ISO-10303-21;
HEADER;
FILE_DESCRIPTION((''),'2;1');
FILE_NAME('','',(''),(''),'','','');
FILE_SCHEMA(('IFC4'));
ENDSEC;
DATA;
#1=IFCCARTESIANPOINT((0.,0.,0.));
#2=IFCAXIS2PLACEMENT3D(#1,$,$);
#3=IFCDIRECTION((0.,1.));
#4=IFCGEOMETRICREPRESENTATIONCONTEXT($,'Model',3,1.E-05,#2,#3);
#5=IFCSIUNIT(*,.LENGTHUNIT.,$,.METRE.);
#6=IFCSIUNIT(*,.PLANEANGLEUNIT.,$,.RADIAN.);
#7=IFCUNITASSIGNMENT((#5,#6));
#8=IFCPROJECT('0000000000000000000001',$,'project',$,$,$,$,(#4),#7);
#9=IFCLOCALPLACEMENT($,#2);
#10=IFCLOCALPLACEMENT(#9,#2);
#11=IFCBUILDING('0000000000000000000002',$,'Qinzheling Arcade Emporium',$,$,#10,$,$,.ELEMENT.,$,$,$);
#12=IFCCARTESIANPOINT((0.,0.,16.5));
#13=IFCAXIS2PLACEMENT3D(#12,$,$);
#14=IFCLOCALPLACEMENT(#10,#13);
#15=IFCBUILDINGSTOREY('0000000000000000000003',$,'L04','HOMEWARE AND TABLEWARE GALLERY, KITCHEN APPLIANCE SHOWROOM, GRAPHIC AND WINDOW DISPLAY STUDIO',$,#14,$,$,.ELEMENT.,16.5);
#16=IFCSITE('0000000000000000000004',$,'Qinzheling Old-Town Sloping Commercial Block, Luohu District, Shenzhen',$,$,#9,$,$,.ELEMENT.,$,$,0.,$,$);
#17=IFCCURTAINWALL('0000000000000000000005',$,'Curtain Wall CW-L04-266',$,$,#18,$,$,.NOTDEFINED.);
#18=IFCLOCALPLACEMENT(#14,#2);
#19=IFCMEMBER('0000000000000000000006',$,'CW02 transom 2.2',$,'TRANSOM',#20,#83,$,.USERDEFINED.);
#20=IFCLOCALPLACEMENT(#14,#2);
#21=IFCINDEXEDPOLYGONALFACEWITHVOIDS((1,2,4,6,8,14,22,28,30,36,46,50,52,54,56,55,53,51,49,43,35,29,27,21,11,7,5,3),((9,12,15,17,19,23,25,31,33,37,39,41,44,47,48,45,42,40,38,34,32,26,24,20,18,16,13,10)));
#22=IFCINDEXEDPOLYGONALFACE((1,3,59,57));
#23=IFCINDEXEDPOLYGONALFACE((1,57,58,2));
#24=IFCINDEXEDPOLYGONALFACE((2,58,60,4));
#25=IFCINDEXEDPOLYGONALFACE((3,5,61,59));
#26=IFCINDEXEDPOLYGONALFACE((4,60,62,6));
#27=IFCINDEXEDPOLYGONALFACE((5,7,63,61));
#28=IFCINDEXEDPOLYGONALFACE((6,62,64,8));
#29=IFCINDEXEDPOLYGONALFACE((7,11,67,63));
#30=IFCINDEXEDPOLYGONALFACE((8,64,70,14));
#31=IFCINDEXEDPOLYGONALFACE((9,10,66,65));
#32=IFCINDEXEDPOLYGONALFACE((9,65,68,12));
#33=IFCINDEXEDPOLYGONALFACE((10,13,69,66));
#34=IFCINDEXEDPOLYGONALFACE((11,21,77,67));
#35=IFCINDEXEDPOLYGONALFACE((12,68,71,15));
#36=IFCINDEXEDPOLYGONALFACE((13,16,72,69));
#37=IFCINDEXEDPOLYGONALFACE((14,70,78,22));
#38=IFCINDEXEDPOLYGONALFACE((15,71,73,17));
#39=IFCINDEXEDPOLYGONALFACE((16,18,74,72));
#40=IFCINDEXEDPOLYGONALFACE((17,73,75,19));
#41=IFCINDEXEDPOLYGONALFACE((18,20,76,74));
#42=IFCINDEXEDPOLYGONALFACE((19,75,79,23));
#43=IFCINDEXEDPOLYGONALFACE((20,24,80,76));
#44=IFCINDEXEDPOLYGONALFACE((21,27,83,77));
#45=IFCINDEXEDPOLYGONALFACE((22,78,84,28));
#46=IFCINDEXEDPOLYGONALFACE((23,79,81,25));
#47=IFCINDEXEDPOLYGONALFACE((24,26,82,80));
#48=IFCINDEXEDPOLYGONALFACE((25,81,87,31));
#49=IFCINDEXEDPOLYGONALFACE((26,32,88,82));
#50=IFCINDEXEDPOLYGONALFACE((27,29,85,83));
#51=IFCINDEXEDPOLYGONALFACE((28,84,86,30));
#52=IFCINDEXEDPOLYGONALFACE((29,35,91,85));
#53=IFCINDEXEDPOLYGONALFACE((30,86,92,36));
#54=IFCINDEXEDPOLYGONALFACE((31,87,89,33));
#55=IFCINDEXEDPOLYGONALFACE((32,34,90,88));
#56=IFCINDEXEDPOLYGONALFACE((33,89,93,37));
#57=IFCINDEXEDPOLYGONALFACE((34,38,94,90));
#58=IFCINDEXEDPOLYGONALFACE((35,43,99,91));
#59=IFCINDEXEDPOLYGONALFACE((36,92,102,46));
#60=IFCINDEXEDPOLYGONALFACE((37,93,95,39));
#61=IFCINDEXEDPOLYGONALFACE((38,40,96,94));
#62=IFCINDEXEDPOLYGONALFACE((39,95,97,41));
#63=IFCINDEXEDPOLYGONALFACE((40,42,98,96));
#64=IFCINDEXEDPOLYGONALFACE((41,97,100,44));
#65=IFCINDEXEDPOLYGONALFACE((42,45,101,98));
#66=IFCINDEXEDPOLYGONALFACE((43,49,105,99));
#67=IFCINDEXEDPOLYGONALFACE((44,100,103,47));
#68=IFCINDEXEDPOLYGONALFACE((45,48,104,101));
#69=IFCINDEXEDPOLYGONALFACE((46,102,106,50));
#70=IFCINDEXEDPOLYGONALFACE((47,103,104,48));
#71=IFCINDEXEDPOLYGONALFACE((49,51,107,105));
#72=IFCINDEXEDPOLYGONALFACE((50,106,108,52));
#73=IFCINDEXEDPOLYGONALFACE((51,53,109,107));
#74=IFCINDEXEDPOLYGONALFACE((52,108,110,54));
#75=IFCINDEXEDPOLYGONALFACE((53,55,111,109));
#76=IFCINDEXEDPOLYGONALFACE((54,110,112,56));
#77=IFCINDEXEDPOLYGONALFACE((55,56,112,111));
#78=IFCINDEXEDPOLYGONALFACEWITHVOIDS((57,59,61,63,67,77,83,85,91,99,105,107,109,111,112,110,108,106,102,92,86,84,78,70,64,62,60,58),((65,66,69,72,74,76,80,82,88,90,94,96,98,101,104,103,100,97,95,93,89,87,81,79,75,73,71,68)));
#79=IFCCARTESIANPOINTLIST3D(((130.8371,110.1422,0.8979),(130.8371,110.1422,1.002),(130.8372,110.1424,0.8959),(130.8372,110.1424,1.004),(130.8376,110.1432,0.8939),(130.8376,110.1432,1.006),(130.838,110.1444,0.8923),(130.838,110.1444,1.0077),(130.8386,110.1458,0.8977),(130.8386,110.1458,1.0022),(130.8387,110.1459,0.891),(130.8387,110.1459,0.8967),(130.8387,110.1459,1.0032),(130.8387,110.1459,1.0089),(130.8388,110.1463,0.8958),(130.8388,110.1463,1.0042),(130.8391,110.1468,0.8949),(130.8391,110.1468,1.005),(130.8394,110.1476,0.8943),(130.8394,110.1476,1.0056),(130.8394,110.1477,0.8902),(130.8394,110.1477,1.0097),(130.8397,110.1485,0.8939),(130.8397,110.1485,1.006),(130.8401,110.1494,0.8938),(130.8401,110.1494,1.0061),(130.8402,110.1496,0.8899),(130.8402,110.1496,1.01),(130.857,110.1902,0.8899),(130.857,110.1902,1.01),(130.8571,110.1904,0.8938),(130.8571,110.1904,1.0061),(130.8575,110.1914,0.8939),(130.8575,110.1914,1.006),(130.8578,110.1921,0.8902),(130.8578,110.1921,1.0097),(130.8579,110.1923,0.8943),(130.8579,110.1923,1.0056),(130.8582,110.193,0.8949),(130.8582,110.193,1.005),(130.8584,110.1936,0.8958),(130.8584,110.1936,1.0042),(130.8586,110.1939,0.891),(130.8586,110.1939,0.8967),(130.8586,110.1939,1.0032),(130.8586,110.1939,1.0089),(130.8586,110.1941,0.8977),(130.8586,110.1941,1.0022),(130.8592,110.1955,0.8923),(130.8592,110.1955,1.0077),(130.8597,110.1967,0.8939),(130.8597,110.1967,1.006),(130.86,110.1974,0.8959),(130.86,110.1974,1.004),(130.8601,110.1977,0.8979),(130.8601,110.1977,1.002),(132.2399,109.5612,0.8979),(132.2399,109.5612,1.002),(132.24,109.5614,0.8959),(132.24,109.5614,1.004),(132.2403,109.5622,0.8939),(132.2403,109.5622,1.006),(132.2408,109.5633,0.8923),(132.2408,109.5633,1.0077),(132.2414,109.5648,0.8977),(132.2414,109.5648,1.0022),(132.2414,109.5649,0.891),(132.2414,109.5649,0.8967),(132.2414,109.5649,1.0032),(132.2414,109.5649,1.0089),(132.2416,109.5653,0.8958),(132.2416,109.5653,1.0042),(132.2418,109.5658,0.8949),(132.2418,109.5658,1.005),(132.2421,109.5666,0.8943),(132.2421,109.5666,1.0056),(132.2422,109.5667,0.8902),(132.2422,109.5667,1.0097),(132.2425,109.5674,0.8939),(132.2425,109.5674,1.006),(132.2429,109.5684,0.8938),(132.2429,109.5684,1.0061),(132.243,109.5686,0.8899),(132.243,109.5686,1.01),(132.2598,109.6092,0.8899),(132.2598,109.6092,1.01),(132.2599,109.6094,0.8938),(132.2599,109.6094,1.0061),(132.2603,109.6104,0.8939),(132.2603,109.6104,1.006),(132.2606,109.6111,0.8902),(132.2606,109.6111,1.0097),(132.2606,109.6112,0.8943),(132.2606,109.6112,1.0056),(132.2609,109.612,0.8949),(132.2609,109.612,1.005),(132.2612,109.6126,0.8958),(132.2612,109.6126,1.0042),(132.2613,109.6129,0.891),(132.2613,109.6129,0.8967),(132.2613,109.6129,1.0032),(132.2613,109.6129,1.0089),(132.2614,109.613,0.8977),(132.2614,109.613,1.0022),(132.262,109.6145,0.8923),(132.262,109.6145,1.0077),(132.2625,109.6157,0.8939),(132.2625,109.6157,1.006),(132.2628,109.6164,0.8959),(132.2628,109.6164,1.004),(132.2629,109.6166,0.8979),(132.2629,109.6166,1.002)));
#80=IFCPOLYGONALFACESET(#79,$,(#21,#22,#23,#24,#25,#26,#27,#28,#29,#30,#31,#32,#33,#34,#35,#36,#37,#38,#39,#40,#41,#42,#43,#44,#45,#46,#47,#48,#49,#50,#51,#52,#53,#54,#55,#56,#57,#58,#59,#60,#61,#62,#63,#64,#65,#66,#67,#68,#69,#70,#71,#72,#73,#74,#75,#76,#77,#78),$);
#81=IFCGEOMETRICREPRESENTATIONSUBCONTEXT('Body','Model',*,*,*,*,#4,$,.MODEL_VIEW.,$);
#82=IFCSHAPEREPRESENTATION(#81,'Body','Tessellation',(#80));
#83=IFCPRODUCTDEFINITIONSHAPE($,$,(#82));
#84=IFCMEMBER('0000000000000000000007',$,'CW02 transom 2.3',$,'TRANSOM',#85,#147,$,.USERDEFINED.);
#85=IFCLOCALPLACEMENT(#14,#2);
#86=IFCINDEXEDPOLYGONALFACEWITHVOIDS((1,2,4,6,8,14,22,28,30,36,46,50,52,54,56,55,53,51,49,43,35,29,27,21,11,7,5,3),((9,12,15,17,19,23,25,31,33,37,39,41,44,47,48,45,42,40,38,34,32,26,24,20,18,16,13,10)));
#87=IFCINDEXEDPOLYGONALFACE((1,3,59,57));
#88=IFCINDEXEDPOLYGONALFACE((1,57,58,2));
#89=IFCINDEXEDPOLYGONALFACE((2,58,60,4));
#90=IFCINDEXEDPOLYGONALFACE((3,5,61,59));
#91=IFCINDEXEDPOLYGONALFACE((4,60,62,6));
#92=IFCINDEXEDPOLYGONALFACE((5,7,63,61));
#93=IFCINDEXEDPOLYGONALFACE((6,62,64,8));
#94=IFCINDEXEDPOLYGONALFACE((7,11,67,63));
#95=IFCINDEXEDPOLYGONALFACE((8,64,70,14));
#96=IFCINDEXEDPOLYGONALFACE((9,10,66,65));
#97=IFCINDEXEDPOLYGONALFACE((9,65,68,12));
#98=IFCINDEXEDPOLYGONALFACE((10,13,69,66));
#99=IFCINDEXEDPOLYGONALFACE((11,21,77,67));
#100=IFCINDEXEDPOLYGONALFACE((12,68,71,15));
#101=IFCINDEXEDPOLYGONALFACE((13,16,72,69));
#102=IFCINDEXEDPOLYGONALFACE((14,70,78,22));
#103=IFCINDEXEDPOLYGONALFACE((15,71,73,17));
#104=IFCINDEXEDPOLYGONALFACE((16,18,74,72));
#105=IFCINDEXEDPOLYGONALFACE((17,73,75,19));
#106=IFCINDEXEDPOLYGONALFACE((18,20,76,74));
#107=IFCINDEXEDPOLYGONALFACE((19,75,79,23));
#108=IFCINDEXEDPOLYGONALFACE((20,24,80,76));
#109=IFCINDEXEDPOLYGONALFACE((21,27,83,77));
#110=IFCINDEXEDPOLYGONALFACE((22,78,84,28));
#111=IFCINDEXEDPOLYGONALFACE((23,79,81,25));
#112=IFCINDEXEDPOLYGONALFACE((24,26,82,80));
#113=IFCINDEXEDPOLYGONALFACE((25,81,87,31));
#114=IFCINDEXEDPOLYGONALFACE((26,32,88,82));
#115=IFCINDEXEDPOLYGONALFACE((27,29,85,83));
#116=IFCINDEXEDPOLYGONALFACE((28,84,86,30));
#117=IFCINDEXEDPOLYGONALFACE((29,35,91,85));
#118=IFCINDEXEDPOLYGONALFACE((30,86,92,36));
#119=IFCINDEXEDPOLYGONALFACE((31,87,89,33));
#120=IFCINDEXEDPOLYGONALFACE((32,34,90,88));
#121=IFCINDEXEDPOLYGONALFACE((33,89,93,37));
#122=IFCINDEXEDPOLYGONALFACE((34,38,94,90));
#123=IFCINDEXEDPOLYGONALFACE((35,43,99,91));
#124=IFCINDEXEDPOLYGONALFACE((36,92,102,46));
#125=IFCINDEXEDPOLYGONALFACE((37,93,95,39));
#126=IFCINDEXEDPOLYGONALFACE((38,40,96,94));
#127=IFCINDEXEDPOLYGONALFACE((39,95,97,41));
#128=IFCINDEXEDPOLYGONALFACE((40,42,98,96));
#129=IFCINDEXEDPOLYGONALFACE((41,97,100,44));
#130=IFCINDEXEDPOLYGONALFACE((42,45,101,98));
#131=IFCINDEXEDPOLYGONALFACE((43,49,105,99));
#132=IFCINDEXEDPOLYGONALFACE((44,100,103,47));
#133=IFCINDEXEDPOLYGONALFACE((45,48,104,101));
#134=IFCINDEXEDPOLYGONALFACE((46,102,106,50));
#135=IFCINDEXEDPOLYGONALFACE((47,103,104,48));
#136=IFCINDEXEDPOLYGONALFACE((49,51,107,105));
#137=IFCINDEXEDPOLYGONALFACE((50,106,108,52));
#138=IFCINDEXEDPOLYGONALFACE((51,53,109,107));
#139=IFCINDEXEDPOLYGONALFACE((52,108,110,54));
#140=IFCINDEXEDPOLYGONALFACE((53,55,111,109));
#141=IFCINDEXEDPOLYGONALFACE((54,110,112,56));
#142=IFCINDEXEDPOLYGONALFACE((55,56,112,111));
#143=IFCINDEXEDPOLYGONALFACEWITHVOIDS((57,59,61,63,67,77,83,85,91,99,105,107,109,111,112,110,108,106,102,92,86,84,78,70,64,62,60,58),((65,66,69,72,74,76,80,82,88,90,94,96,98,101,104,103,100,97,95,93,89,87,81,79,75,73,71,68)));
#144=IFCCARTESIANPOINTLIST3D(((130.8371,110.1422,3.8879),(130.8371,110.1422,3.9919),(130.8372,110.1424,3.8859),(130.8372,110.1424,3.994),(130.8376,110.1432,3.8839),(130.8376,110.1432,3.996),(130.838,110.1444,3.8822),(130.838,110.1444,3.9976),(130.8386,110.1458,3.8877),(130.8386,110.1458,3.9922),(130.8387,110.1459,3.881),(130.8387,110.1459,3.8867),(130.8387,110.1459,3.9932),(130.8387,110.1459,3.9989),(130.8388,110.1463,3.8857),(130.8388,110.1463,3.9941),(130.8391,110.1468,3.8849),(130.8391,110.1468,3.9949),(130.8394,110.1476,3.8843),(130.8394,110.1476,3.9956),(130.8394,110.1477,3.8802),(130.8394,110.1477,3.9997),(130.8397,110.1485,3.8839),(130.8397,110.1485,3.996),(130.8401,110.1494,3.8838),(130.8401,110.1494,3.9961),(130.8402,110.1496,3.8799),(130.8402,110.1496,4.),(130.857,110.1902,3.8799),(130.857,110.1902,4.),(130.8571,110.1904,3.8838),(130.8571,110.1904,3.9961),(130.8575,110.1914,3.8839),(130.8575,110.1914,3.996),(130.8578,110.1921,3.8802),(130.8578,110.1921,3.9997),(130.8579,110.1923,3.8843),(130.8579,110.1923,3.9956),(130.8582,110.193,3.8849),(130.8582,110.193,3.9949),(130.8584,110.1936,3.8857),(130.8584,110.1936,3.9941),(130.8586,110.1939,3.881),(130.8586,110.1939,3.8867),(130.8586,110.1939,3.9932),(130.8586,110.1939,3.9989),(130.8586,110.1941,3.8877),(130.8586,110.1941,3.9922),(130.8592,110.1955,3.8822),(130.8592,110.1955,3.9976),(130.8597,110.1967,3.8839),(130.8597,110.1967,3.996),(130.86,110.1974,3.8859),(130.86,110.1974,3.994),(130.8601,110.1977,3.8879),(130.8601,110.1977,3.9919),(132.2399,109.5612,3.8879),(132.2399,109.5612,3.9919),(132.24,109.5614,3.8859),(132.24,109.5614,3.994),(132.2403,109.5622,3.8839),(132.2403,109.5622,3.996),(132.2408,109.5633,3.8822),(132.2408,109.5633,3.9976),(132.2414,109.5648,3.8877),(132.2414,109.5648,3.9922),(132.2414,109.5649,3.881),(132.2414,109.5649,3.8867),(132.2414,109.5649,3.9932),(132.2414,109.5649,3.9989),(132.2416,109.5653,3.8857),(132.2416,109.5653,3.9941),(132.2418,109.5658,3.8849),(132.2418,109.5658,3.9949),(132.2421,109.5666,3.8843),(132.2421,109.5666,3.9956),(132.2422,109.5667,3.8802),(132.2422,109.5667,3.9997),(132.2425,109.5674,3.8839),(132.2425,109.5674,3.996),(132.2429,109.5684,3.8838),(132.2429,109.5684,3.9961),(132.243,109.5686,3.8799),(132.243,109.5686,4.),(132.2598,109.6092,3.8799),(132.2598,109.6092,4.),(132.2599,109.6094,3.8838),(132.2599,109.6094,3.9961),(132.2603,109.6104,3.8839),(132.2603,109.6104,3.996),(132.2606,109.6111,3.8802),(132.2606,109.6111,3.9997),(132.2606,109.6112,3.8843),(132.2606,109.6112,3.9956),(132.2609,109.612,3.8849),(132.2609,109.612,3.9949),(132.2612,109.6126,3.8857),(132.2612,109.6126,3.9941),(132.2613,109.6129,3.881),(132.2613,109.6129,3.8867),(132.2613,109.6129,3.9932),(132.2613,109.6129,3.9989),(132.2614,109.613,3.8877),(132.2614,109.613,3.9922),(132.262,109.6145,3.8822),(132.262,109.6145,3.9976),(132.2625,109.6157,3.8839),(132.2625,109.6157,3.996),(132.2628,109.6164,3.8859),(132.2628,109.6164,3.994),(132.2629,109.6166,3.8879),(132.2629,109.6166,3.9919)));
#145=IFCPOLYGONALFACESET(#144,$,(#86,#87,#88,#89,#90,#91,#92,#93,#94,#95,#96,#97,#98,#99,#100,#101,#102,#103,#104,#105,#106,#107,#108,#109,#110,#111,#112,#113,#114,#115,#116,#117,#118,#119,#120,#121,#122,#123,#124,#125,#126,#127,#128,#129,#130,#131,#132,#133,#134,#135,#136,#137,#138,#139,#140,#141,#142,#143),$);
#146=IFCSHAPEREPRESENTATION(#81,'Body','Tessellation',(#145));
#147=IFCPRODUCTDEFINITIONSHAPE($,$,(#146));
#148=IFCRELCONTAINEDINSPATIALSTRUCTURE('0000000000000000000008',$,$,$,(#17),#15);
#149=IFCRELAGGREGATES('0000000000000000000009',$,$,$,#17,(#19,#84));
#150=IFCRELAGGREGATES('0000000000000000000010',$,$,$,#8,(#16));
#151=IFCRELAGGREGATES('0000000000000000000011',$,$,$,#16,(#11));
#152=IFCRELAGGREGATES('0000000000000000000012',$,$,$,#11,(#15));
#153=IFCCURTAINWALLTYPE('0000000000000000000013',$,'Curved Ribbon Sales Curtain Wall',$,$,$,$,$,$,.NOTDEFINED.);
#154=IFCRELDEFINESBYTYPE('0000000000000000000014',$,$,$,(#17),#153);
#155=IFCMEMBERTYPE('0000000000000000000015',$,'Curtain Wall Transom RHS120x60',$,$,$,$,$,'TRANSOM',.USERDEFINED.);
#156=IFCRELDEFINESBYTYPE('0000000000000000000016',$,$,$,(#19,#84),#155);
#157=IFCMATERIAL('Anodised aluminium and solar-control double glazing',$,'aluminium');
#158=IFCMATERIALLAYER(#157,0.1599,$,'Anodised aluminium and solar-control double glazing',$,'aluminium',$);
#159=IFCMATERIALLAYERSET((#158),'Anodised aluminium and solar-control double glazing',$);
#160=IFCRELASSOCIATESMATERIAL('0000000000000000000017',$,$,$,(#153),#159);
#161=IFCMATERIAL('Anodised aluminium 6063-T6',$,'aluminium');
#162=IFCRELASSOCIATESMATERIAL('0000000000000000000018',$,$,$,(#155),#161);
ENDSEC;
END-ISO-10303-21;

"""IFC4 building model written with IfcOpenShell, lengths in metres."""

from ifc_helpers import new_model, si_unit, direction, frame, origin, origin_2d, place, context, subcontext, project, spatial, hollow_rectangle, extrude, material, layer, layer_set, material_profile, profile_set, type_object, element, aggregate, save


model = new_model("IFC4")

# Units and contexts
model_context = context("Model", 3, precision=1e-05, world=origin(), true_north=direction((0.0, 1.0)))
body_context = subcontext(model_context, "Body", "Model", "MODEL_VIEW")
ifc_project = project(units=[si_unit("LENGTHUNIT", "METRE"), si_unit("PLANEANGLEUNIT", "RADIAN")], contexts=[model_context])

# Site, building, storey
site_placement = place(None, origin())
site = spatial("IfcSite", under=ifc_project, at=site_placement, Name="Qinzheling Old-Town Sloping Commercial Block, Luohu District, Shenzhen", CompositionType="ELEMENT", RefElevation=0.0)
building_placement = place(site_placement, origin())
building = spatial("IfcBuilding", under=site, at=building_placement, Name="Qinzheling Arcade Emporium", CompositionType="ELEMENT")
storey_placement = place(building_placement, frame((0.0, 0.0, 16.5)))
storey = spatial("IfcBuildingStorey", under=building, at=storey_placement, Name="L04", Description="HOMEWARE AND TABLEWARE GALLERY, KITCHEN APPLIANCE SHOWROOM, GRAPHIC AND WINDOW DISPLAY STUDIO", CompositionType="ELEMENT", Elevation=16.5)

# Curtain wall
ifc_material_1 = material(Name="Anodised aluminium and solar-control double glazing", Category="aluminium")
ifc_layer_1 = layer(ifc_material_1, 0.1599, Name="Anodised aluminium and solar-control double glazing", Category="aluminium")
ifc_layer_set_1 = layer_set([ifc_layer_1], Name="Anodised aluminium and solar-control double glazing")
curtain_wall_type = type_object("IfcCurtainWallType", Name="Curved Ribbon Sales Curtain Wall", PredefinedType="NOTDEFINED", material=ifc_layer_set_1)
curtain_wall_1_placement = place(storey_placement, origin())
curtain_wall_1 = element("IfcCurtainWall", 1, at=curtain_wall_1_placement, inside=storey, type_object=curtain_wall_type, Name="Curtain Wall CW-L04-266", PredefinedType="NOTDEFINED")
ifc_material_2 = material(Name="Anodised aluminium 6063-T6", Category="aluminium")

# Members
ifc_material_profile_1 = material_profile(ifc_material_2, hollow_rectangle(XDim=0.0601, YDim=0.1201, WallThickness=0.0039, InnerFilletRadius=0.0039, OuterFilletRadius=0.0081, at=origin_2d()), Name="RHS 120x60x4", Category="aluminium")
ifc_profile_set_1 = profile_set([ifc_material_profile_1], Name="Anodised aluminium 6063-T6")
member_type_1 = type_object("IfcMemberType", Name="Curtain Wall Transom RHS120x60", ElementType="TRANSOM", PredefinedType="USERDEFINED", material=ifc_profile_set_1)
member_1_placement = place(storey_placement, frame((130.8486, 110.1699, 0.95), z_axis=(0.923884, -0.382674, 0.0), x_axis=(0.382674, 0.923884, 0.0)))
member_1 = element("IfcMember", 2, at=member_1_placement, type_object=member_type_1, Name="CW02 transom 2.2", ObjectType="TRANSOM", PredefinedType="USERDEFINED", context=body_context, shape_type="SweptSolid", body=[
    extrude(hollow_rectangle(XDim=0.0601, YDim=0.1201, WallThickness=0.0039, InnerFilletRadius=0.0039, OuterFilletRadius=0.0081, at=origin_2d()), origin(), (0.0, 0.0, 1.0), 1.5183),
])
member_2_placement = place(storey_placement, frame((130.8486, 110.1699, 3.9399), z_axis=(0.923884, -0.382674, 0.0), x_axis=(0.382674, 0.923884, 0.0)))
member_2 = element("IfcMember", 3, at=member_2_placement, type_object=member_type_1, Name="CW02 transom 2.3", ObjectType="TRANSOM", PredefinedType="USERDEFINED", context=body_context, shape_type="SweptSolid", body=[
    extrude(hollow_rectangle(XDim=0.0601, YDim=0.1201, WallThickness=0.0039, InnerFilletRadius=0.0039, OuterFilletRadius=0.0081, at=origin_2d()), origin(), (0.0, 0.0, 1.0), 1.5183),
])

aggregate(curtain_wall_1, [member_1, member_2])

save(model, "model.ifc")
